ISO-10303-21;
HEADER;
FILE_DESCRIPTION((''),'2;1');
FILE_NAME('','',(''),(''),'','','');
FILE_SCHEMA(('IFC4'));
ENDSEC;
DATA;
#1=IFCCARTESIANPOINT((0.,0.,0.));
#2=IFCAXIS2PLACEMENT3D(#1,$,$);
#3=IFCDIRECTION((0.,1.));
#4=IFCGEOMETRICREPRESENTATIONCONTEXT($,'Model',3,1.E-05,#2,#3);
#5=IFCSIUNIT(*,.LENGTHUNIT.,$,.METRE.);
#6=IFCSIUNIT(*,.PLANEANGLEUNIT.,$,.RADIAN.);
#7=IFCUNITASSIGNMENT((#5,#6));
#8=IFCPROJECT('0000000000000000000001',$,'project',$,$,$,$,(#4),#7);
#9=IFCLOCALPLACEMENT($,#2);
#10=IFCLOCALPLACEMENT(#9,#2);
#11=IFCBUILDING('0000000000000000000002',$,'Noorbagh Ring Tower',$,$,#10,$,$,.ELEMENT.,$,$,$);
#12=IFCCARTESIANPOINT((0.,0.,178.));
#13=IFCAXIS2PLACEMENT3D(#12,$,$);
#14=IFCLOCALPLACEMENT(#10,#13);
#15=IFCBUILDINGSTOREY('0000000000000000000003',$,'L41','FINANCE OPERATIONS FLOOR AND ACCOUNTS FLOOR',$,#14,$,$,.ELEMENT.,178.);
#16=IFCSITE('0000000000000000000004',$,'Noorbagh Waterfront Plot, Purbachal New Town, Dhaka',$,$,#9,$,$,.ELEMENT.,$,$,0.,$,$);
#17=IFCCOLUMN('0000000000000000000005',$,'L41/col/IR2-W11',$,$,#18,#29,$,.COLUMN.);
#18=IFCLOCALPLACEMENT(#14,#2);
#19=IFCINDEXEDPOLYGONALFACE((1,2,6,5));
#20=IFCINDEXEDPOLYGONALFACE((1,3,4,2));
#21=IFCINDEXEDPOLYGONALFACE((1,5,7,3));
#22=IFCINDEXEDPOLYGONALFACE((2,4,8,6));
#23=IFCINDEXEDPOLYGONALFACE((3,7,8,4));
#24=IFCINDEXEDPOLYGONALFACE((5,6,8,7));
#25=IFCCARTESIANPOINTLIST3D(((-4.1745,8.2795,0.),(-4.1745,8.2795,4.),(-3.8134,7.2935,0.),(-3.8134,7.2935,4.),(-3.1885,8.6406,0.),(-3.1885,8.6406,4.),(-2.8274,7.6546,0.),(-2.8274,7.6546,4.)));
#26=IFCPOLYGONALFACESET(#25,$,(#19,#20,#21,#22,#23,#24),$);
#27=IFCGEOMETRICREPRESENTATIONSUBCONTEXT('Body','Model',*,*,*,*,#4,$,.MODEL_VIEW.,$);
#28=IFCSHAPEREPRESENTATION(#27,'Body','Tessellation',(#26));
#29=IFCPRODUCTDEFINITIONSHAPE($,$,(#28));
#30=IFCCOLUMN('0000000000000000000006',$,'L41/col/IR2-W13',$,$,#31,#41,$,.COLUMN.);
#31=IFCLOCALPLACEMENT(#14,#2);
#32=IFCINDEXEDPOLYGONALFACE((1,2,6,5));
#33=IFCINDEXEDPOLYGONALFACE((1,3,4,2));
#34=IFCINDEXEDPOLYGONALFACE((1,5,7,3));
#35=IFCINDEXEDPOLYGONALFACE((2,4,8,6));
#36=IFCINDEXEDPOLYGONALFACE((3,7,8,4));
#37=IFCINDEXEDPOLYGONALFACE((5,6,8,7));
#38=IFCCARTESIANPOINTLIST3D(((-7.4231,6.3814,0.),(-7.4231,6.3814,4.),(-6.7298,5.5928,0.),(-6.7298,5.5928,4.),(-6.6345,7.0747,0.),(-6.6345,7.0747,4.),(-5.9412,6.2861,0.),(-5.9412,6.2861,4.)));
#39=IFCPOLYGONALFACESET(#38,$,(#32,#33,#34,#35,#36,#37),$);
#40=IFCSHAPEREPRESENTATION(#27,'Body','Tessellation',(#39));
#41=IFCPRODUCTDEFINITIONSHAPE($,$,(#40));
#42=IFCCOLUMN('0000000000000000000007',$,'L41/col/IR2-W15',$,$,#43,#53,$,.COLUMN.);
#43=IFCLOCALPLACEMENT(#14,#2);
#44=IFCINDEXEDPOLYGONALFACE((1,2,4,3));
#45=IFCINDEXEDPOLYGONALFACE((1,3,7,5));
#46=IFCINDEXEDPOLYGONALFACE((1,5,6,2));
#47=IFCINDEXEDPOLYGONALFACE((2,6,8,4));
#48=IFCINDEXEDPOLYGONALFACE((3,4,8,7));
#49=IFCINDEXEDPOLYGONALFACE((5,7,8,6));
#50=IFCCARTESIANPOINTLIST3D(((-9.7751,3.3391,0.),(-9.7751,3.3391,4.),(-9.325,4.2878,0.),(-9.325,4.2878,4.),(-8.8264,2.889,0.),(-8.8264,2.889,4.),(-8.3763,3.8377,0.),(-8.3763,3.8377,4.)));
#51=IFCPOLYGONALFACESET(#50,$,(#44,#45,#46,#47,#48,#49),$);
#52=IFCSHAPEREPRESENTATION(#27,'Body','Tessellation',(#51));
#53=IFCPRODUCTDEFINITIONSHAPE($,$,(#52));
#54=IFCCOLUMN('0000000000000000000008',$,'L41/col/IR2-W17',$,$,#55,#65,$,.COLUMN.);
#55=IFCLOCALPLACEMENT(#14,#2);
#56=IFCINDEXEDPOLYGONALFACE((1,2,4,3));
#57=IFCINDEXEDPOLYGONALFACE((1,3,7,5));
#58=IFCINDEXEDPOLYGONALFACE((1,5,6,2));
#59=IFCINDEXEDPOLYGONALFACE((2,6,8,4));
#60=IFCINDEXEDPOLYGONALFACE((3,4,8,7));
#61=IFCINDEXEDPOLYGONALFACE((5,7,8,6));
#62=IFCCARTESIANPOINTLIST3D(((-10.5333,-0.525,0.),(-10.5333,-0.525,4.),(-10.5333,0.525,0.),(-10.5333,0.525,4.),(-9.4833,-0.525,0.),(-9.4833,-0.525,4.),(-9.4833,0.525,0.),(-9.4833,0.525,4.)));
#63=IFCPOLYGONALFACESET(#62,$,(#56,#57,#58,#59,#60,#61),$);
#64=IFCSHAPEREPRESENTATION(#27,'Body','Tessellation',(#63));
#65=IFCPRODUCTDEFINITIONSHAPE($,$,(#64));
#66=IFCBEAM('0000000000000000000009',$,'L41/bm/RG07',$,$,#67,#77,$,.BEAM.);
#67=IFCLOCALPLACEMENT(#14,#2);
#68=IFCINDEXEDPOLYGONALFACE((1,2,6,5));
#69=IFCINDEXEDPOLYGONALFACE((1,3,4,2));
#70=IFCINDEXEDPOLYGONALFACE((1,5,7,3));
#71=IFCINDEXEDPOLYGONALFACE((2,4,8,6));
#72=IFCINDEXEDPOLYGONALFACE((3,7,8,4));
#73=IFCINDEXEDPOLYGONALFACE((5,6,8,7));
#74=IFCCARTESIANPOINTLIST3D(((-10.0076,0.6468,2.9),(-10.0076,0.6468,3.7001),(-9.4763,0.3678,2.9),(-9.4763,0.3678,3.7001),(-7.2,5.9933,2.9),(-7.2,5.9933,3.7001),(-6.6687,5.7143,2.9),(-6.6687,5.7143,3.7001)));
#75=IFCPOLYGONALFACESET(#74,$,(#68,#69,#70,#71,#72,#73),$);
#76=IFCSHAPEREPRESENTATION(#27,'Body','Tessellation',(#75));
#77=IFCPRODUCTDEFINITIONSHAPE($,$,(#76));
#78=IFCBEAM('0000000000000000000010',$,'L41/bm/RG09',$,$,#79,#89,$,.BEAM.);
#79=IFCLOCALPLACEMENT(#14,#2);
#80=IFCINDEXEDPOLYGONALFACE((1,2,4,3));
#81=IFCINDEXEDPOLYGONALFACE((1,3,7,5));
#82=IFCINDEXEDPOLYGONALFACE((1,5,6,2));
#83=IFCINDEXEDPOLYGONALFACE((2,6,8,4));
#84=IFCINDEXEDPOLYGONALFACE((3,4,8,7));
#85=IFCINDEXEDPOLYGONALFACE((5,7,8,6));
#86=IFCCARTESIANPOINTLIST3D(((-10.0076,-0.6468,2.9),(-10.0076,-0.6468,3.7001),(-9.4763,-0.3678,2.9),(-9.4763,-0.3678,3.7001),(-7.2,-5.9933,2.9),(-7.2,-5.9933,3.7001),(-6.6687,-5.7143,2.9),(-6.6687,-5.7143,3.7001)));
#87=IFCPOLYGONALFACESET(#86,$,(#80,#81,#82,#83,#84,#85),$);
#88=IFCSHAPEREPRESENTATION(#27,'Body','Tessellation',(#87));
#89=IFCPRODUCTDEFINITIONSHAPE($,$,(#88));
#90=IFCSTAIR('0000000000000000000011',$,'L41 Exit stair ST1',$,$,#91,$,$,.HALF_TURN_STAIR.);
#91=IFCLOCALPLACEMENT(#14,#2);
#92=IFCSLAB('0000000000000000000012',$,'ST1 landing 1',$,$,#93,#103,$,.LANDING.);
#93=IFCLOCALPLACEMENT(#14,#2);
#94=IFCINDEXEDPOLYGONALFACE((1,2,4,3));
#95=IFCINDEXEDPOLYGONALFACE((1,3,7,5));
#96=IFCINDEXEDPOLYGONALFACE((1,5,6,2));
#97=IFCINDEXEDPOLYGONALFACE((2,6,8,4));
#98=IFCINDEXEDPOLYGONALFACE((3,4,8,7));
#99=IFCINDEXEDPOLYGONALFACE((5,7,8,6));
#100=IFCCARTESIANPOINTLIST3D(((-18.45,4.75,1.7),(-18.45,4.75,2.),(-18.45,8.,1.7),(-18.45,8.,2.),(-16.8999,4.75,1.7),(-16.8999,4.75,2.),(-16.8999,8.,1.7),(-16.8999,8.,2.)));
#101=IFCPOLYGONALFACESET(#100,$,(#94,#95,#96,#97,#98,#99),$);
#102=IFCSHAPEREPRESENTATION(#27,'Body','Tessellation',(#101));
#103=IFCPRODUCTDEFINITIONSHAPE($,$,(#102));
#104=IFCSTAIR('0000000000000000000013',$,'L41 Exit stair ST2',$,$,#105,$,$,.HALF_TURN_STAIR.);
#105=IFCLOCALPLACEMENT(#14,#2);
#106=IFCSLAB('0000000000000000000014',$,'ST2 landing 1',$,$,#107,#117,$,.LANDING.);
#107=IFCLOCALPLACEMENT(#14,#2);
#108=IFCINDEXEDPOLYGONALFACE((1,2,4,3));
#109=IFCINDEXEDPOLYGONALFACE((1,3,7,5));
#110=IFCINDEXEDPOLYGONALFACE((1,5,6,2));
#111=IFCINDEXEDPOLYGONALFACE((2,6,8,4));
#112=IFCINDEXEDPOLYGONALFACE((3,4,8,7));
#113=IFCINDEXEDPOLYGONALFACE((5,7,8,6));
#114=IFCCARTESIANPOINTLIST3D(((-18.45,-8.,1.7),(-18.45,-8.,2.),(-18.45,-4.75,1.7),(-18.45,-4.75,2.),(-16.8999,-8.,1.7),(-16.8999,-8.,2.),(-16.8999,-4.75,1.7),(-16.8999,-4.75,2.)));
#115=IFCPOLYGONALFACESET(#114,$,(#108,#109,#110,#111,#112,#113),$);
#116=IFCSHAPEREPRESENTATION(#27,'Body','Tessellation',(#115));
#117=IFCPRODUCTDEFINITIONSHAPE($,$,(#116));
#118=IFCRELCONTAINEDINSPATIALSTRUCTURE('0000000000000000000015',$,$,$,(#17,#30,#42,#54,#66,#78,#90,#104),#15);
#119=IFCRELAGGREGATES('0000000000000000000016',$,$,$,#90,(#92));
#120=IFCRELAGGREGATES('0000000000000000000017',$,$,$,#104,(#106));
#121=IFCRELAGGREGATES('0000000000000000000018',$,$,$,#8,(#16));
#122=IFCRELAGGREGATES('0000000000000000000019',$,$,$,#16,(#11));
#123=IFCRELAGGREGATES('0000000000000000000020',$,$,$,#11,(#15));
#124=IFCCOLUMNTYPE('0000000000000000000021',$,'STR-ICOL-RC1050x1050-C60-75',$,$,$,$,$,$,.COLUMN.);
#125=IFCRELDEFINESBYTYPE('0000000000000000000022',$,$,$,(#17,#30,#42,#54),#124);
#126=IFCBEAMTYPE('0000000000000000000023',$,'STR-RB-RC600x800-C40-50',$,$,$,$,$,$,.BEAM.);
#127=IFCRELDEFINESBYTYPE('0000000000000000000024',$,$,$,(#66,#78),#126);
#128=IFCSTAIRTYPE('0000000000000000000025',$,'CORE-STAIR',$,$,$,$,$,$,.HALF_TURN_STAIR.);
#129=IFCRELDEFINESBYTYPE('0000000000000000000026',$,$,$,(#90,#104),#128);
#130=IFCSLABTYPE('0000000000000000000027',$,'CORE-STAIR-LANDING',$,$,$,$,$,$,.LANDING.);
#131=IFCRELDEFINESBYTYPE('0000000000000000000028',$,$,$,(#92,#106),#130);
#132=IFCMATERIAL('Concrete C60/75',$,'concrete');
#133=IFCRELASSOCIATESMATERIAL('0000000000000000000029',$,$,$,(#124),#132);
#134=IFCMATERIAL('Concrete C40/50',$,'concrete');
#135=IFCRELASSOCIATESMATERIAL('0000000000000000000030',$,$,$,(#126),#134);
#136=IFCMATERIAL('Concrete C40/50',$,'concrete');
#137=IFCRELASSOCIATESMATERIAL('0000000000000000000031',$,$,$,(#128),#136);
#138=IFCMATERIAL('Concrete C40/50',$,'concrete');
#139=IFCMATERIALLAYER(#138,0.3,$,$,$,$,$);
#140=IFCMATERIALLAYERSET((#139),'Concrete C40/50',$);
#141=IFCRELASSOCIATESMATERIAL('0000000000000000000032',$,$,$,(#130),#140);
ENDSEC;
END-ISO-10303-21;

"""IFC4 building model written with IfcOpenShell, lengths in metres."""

from ifc_helpers import new_model, si_unit, direction, frame, origin, origin_2d, place, context, subcontext, project, spatial, polyline, rectangle, outline, extrude, material, layer, layer_set, material_profile, profile_set, type_object, element, aggregate, save


model = new_model("IFC4")

# Units and contexts
model_context = context("Model", 3, precision=1e-05, world=origin(), true_north=direction((0.0, 1.0)))
body_context = subcontext(model_context, "Body", "Model", "MODEL_VIEW")
ifc_project = project(units=[si_unit("LENGTHUNIT", "METRE"), si_unit("PLANEANGLEUNIT", "RADIAN")], contexts=[model_context])

# Site, building, storey
site_placement = place(None, origin())
site = spatial("IfcSite", under=ifc_project, at=site_placement, Name="Noorbagh Waterfront Plot, Purbachal New Town, Dhaka", CompositionType="ELEMENT", RefElevation=0.0)
building_placement = place(site_placement, origin())
building = spatial("IfcBuilding", under=site, at=building_placement, Name="Noorbagh Ring Tower", CompositionType="ELEMENT")
storey_placement = place(building_placement, frame((0.0, 0.0, 178.0)))
storey = spatial("IfcBuildingStorey", under=building, at=storey_placement, Name="L41", Description="FINANCE OPERATIONS FLOOR AND ACCOUNTS FLOOR", CompositionType="ELEMENT", Elevation=178.0)

# Columns
ifc_material_1 = material(Name="Concrete C60/75", Category="concrete")
ifc_material_profile_1 = material_profile(ifc_material_1, rectangle(XDim=1.05, YDim=1.05, at=origin_2d()), Name="RC1050x1050")
ifc_profile_set_1 = profile_set([ifc_material_profile_1], Name="Concrete C60/75")
column_type = type_object("IfcColumnType", Name="STR-ICOL-RC1050x1050-C60-75", PredefinedType="COLUMN", material=ifc_profile_set_1)
for number, where, z_axis, x_axis, name in (
    (1, (-3.501, 7.967, 0.0), (0.0, 0.0, 1.0), (-0.93902, -0.343864, 0.0), "L41/col/IR2-W11"),
    (2, (-6.6821, 6.3337, 0.0), (0.0, 0.0, 1.0), (-0.751022, -0.660277, 0.0), "L41/col/IR2-W13"),
    (3, (-9.0757, 3.5884, 0.0), (0.0, 0.0, 1.0), (-0.428667, -0.903463, 0.0), "L41/col/IR2-W15"),
    (4, (-10.0083, 0.0, 0.0), (0.0, 0.0, 1.0), (0.0, -1.0, 0.0), "L41/col/IR2-W17"),
):
    element("IfcColumn", number, at=place(storey_placement, frame(where, z_axis=z_axis, x_axis=x_axis)), inside=storey, type_object=column_type, Name=name, PredefinedType="COLUMN", context=body_context, shape_type="SweptSolid", body=[
        extrude(rectangle(XDim=1.05, YDim=1.05, at=origin_2d()), origin(), (0.0, 0.0, 1.0), 4.0),
    ])

# Beams
ifc_material_2 = material(Name="Concrete C40/50", Category="concrete")
ifc_material_profile_2 = material_profile(ifc_material_2, rectangle(XDim=0.6001, YDim=0.8, at=origin_2d()), Name="RC600x800")
ifc_profile_set_2 = profile_set([ifc_material_profile_2], Name="Concrete C40/50")
beam_type = type_object("IfcBeamType", Name="STR-RB-RC600x800-C40-50", PredefinedType="BEAM", material=ifc_profile_set_2)
for number, where, z_axis, x_axis, name in (
    (5, (-6.9343, 5.8538, 3.3), (-0.46493, -0.885348, 0.0), (0.885348, -0.46493, 0.0), "L41/bm/RG07"),
    (6, (-9.7419, -0.5073, 3.3), (0.46493, -0.885348, 0.0), (0.885348, 0.46493, 0.0), "L41/bm/RG09"),
):
    element("IfcBeam", number, at=place(storey_placement, frame(where, z_axis=z_axis, x_axis=x_axis)), inside=storey, type_object=beam_type, Name=name, PredefinedType="BEAM", context=body_context, shape_type="SweptSolid", body=[
        extrude(rectangle(XDim=0.6001, YDim=0.8, at=origin_2d()), origin(), (0.0, 0.0, 1.0), 6.0388),
    ])

# Stairs, slabs
ifc_material_3 = material(Name="Concrete C40/50", Category="concrete")
stair_type = type_object("IfcStairType", Name="CORE-STAIR", PredefinedType="HALF_TURN_STAIR", material=ifc_material_3)
stair_1_placement = place(storey_placement, origin())
stair_1 = element("IfcStair", 7, at=stair_1_placement, inside=storey, type_object=stair_type, Name="L41 Exit stair ST1", PredefinedType="HALF_TURN_STAIR")
ifc_material_4 = material(Name="Concrete C40/50", Category="concrete")
ifc_layer_1 = layer(ifc_material_4, 0.3)
ifc_layer_set_1 = layer_set([ifc_layer_1], Name="Concrete C40/50")
slab_type_1 = type_object("IfcSlabType", Name="CORE-STAIR-LANDING", PredefinedType="LANDING", material=ifc_layer_set_1)
slab_1_placement = place(storey_placement, frame((0.0, 0.0, 1.7)))
slab_1 = element("IfcSlab", 8, at=slab_1_placement, type_object=slab_type_1, Name="ST1 landing 1", PredefinedType="LANDING", context=body_context, shape_type="SweptSolid", body=[
    extrude(outline(polyline([(-18.45, 4.75), (-16.8999, 4.75), (-16.8999, 8.0), (-18.45, 8.0), (-18.45, 4.75)])), origin(), (0.0, 0.0, 1.0), 0.3),
])
aggregate(stair_1, [slab_1])
stair_2_placement = place(storey_placement, origin())
stair_2 = element("IfcStair", 9, at=stair_2_placement, inside=storey, type_object=stair_type, Name="L41 Exit stair ST2", PredefinedType="HALF_TURN_STAIR")
slab_2_placement = place(storey_placement, frame((0.0, 0.0, 1.7)))
slab_2 = element("IfcSlab", 10, at=slab_2_placement, type_object=slab_type_1, Name="ST2 landing 1", PredefinedType="LANDING", context=body_context, shape_type="SweptSolid", body=[
    extrude(outline(polyline([(-18.45, -8.0), (-16.8999, -8.0), (-16.8999, -4.75), (-18.45, -4.75), (-18.45, -8.0)])), origin(), (0.0, 0.0, 1.0), 0.3),
])
aggregate(stair_2, [slab_2])

save(model, "model.ifc")
